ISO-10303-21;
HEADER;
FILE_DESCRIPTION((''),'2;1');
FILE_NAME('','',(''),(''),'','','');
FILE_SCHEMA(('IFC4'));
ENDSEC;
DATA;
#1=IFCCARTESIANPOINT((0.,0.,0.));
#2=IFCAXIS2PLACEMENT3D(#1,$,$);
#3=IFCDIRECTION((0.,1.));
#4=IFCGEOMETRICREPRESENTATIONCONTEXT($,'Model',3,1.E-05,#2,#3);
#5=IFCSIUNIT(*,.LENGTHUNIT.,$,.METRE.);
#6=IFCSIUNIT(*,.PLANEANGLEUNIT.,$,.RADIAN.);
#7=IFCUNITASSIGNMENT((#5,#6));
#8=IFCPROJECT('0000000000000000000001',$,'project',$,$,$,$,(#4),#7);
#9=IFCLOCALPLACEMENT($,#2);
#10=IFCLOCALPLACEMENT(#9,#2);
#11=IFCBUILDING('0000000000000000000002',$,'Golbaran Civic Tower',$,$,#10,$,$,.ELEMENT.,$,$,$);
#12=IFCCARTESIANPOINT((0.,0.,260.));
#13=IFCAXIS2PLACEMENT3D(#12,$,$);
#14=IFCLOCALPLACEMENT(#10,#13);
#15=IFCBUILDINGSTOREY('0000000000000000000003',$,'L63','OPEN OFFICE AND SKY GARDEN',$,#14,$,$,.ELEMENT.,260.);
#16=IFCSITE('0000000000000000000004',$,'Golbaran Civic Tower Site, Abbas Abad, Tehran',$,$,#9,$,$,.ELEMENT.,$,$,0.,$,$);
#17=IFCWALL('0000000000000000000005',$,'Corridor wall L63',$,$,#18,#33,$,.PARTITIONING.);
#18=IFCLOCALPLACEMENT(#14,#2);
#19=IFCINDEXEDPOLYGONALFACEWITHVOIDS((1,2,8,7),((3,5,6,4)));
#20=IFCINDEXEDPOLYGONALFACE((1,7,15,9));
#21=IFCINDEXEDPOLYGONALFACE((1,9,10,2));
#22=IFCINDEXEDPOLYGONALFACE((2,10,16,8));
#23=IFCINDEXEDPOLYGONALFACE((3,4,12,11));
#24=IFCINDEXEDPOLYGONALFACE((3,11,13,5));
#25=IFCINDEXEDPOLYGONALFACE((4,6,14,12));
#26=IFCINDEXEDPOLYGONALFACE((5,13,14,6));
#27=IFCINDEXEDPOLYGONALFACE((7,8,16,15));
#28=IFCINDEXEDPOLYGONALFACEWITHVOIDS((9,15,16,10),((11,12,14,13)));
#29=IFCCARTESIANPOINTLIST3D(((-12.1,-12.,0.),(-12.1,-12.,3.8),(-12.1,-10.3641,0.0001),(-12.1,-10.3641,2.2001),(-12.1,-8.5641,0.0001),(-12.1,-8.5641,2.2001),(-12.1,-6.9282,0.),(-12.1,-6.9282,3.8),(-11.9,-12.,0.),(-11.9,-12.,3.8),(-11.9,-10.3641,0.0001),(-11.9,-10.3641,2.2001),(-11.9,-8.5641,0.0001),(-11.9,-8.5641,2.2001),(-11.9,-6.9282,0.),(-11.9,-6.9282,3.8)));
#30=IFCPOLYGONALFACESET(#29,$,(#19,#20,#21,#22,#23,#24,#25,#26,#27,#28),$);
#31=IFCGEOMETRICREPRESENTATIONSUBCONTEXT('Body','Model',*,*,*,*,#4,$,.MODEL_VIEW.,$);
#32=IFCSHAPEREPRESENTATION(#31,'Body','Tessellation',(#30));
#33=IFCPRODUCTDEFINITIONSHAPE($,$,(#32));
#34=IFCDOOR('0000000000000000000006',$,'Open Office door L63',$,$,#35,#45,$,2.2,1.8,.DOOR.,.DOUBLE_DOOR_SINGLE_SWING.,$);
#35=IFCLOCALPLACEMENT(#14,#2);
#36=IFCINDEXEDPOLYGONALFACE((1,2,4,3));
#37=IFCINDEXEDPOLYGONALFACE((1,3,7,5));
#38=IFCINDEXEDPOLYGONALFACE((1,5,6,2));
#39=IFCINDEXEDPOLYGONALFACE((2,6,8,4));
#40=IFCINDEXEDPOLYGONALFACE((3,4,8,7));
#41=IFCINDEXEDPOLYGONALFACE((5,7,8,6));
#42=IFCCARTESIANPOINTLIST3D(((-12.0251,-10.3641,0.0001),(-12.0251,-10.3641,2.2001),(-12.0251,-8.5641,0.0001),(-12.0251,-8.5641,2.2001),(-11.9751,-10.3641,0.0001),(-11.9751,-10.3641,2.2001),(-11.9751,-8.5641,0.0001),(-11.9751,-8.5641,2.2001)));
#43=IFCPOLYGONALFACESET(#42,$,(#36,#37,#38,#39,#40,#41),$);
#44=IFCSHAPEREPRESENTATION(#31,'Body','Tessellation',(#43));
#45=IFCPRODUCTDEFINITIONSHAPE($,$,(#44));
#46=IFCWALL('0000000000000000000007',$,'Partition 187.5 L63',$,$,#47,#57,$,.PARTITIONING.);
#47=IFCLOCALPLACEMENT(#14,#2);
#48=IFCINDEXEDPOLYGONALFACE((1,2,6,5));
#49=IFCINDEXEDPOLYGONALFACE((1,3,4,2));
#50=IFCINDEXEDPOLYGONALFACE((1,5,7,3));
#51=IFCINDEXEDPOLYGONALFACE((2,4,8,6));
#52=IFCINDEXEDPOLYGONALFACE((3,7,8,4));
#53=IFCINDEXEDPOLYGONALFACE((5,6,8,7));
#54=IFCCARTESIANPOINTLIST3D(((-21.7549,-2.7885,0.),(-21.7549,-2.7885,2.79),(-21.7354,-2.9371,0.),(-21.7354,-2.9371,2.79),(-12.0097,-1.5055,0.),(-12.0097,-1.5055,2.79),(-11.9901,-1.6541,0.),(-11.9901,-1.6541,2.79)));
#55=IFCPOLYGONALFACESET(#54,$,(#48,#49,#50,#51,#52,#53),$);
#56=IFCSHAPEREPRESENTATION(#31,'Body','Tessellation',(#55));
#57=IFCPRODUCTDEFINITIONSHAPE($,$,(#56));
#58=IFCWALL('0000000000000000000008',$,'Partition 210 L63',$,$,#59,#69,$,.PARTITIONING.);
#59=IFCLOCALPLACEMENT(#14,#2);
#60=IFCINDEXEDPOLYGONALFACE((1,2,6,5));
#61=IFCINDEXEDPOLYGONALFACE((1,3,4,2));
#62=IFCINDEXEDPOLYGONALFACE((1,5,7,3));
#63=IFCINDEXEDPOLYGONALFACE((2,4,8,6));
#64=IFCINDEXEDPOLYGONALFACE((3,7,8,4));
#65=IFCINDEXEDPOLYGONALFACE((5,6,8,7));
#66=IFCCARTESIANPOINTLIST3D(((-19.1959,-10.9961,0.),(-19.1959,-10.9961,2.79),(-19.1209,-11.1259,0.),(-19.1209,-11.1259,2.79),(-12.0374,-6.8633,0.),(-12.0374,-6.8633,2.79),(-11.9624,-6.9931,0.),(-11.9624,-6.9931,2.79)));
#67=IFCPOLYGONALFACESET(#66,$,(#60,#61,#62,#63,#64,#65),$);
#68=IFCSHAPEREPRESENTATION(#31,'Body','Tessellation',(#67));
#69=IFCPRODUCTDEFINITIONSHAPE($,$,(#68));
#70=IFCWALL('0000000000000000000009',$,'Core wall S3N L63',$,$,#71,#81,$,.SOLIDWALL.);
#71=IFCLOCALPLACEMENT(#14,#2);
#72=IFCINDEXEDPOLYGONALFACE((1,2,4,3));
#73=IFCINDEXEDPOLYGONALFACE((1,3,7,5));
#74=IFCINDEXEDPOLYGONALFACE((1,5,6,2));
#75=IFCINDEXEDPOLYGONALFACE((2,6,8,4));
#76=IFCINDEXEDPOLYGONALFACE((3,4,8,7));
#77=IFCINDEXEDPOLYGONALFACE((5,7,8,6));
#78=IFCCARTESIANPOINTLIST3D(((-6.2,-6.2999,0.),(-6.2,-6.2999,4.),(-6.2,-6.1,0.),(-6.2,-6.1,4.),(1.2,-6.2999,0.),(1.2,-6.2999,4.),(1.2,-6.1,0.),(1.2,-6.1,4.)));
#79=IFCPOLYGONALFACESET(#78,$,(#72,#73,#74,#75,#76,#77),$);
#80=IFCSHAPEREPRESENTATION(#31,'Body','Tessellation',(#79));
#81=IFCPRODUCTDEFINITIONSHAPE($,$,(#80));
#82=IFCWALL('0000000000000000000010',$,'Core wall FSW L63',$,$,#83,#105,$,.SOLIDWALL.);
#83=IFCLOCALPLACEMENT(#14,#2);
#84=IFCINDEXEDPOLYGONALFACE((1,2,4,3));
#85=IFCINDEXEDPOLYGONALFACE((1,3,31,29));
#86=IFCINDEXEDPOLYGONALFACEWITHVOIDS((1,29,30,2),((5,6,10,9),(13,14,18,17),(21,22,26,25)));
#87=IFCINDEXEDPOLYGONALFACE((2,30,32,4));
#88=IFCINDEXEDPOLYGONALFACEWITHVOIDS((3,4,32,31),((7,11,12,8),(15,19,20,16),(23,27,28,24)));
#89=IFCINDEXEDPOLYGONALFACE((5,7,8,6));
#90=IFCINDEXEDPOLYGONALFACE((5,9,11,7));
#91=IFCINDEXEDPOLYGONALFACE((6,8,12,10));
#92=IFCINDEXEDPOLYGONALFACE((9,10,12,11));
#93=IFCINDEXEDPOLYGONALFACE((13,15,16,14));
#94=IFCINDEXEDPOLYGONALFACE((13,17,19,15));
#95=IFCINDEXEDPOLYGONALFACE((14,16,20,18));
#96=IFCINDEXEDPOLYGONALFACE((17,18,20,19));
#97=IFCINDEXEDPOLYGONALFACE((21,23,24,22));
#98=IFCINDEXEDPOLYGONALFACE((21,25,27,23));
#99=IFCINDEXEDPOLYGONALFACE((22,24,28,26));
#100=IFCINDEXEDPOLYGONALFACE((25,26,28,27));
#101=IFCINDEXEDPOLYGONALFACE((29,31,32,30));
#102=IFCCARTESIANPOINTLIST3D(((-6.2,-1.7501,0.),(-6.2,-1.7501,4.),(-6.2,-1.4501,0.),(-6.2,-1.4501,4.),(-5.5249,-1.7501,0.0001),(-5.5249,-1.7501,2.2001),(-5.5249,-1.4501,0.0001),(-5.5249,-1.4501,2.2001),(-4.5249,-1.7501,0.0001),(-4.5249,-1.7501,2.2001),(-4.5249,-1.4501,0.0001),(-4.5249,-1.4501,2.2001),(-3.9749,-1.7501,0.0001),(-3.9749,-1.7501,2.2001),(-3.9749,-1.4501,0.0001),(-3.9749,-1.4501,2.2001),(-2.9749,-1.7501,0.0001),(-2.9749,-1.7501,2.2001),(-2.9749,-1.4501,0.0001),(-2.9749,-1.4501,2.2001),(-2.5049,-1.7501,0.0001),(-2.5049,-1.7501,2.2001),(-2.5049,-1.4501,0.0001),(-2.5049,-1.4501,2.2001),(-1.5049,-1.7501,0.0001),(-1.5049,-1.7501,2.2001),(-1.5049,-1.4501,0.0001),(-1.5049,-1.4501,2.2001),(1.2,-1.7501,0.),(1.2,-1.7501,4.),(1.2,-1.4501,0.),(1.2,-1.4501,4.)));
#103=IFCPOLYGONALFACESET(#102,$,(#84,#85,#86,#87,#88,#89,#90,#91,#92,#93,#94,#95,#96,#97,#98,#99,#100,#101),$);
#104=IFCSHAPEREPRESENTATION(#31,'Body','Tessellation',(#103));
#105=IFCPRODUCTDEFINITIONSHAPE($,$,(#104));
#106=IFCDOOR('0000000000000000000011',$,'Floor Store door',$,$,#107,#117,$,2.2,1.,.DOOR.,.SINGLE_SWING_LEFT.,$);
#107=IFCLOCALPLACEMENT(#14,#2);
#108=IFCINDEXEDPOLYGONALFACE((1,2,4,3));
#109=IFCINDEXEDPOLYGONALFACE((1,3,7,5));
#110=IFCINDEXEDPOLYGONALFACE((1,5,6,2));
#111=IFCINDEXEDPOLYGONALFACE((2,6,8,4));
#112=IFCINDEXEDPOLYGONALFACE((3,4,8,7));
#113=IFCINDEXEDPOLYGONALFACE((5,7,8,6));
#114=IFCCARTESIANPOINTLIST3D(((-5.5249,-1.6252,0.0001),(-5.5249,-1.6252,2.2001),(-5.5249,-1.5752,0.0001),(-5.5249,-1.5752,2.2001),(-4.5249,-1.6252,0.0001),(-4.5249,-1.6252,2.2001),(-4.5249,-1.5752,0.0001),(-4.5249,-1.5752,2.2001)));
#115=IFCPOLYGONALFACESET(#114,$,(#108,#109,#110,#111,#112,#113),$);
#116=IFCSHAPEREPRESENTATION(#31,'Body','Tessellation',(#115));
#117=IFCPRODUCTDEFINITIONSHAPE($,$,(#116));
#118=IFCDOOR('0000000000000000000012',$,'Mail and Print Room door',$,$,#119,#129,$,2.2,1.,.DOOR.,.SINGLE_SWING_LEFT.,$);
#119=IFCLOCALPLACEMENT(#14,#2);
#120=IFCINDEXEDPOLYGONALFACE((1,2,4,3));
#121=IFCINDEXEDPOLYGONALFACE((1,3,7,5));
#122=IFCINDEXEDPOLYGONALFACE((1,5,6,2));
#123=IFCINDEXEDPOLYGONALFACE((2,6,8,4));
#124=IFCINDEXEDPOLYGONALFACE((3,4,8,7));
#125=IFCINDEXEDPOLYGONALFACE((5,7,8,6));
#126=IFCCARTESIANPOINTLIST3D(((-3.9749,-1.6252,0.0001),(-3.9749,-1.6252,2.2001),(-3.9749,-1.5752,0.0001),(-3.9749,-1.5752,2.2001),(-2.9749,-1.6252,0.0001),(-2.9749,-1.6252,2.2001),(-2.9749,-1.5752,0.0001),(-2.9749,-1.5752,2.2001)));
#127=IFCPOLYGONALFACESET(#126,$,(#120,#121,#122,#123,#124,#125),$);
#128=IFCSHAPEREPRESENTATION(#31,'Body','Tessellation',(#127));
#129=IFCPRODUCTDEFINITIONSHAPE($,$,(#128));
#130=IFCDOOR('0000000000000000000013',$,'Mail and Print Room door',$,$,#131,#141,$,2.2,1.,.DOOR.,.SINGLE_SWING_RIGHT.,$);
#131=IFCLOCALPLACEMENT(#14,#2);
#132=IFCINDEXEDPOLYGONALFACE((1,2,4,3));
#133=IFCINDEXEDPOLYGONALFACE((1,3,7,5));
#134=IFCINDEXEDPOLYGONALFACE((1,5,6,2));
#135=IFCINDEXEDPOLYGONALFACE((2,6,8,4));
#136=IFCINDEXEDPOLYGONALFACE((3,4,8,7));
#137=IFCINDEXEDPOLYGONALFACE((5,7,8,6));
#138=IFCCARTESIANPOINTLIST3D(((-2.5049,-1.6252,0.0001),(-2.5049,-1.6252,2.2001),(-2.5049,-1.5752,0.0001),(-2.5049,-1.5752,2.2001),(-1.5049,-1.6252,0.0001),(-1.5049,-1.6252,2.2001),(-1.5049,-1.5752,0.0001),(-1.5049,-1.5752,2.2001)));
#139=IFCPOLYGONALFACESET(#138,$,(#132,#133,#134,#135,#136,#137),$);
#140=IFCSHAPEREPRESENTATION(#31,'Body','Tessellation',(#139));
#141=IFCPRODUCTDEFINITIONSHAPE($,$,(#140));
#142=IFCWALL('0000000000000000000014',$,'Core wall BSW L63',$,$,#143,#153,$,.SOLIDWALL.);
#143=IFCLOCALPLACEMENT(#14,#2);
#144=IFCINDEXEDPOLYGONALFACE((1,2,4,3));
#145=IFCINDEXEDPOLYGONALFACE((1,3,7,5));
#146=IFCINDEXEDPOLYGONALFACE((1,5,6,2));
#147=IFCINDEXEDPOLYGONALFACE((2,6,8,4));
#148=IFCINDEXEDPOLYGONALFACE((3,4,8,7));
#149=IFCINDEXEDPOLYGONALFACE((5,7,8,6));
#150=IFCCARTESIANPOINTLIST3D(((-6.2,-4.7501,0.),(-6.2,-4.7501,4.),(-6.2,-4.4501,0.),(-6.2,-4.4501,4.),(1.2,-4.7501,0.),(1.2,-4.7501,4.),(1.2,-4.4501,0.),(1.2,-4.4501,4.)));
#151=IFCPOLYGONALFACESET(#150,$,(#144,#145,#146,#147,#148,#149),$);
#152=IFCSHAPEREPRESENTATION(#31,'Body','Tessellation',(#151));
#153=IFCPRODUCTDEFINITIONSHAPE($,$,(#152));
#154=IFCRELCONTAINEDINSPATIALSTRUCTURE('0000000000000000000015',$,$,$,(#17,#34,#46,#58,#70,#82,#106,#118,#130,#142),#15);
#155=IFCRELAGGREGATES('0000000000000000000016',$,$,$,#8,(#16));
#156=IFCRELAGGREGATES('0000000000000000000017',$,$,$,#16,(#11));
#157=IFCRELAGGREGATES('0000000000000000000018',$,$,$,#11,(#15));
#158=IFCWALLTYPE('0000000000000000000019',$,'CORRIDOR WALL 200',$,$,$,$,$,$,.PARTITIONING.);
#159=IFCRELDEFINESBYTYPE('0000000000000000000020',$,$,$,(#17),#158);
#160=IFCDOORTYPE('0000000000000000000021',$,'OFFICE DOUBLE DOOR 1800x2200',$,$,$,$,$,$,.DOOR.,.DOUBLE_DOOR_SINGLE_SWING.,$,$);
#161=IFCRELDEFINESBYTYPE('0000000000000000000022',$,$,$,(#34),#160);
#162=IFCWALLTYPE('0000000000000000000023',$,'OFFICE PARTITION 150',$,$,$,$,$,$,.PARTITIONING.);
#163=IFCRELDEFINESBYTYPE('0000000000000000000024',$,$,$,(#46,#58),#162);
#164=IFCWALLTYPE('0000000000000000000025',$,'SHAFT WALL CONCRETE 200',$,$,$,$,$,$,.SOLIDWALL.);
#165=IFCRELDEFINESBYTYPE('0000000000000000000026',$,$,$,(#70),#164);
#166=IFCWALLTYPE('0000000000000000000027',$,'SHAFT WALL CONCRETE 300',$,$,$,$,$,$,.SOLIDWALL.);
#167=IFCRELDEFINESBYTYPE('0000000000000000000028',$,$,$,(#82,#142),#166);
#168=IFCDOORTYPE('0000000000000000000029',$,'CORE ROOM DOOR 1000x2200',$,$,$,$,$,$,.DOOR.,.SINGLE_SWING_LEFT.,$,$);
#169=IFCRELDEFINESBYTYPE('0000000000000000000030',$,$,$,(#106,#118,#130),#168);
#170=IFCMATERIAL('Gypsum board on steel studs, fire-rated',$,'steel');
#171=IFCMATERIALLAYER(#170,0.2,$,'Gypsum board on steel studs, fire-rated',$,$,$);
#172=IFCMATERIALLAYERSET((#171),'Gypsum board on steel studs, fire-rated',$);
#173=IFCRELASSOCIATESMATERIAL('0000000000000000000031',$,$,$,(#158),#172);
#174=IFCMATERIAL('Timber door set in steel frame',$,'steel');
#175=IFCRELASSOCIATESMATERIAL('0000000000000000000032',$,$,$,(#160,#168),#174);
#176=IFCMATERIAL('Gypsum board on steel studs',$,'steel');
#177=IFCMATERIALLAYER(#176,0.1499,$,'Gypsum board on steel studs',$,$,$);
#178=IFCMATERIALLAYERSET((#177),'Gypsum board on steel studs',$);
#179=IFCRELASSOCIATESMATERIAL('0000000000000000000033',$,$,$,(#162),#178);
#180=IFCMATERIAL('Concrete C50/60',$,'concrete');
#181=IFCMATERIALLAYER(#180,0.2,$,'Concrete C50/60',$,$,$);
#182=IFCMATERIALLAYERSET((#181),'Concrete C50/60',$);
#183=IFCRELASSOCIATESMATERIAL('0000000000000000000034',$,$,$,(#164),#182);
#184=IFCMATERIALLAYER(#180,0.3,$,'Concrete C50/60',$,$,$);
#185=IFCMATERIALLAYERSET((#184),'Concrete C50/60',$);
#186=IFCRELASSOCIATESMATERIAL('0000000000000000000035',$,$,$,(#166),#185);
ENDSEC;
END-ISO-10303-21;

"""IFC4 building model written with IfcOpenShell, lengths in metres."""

from ifc_helpers import new_model, si_unit, direction, frame, frame_2d, origin, place, context, subcontext, project, spatial, rectangle, extrude, material, layer, layer_set, type_object, element, fill, save


model = new_model("IFC4")

# Units and contexts
model_context = context("Model", 3, precision=1e-05, world=origin(), true_north=direction((0.0, 1.0)))
body_context = subcontext(model_context, "Body", "Model", "MODEL_VIEW")
ifc_project = project(units=[si_unit("LENGTHUNIT", "METRE"), si_unit("PLANEANGLEUNIT", "RADIAN")], contexts=[model_context])

# Site, building, storey
site_placement = place(None, origin())
site = spatial("IfcSite", under=ifc_project, at=site_placement, Name="Golbaran Civic Tower Site, Abbas Abad, Tehran", CompositionType="ELEMENT", RefElevation=0.0)
building_placement = place(site_placement, origin())
building = spatial("IfcBuilding", under=site, at=building_placement, Name="Golbaran Civic Tower", CompositionType="ELEMENT")
storey_placement = place(building_placement, frame((0.0, 0.0, 260.0)))
storey = spatial("IfcBuildingStorey", under=building, at=storey_placement, Name="L63", Description="OPEN OFFICE AND SKY GARDEN", CompositionType="ELEMENT", Elevation=260.0)

# Wall, opening, door
ifc_material_1 = material(Name="Gypsum board on steel studs, fire-rated", Category="steel")
ifc_layer_1 = layer(ifc_material_1, 0.2, Name="Gypsum board on steel studs, fire-rated")
ifc_layer_set_1 = layer_set([ifc_layer_1], Name="Gypsum board on steel studs, fire-rated")
wall_type_1 = type_object("IfcWallType", Name="CORRIDOR WALL 200", PredefinedType="PARTITIONING", material=ifc_layer_set_1)
ifc_material_2 = material(Name="Timber door set in steel frame", Category="steel")
door_type_1 = type_object("IfcDoorType", Name="OFFICE DOUBLE DOOR 1800x2200", OperationType="DOUBLE_DOOR_SINGLE_SWING", PredefinedType="DOOR", material=ifc_material_2)
wall_1_placement = place(storey_placement, frame((-12.0, -6.9282, 0.0), z_axis=(0.0, 0.0, 1.0), x_axis=(0.0, -1.0, 0.0)))
wall_1 = element("IfcWall", 1, at=wall_1_placement, inside=storey, type_object=wall_type_1, Name="Corridor wall L63", PredefinedType="PARTITIONING", context=body_context, shape_type="SweptSolid", body=[
    extrude(rectangle(XDim=5.0718, YDim=0.2, at=frame_2d((2.5359, 0.0))), origin(), (0.0, 0.0, 1.0), 3.8),
])
opening_1_placement = place(wall_1_placement, frame((1.636, 0.0, 0.0)))
opening_1 = element("IfcOpeningElement", 2, at=opening_1_placement, cuts=wall_1, PredefinedType="OPENING", context=body_context, shape_type="SweptSolid", body=[
    extrude(rectangle(XDim=1.8, YDim=2.2, at=frame_2d((0.8999, 1.1001))), frame((0.0, 0.1099, 0.0), z_axis=(0.0, -1.0, 0.0), x_axis=(1.0, 0.0, 0.0)), (0.0, 0.0, 1.0), 0.22),
])
door_1_placement = place(opening_1_placement, origin())
door_1 = element("IfcDoor", 3, at=door_1_placement, inside=storey, type_object=door_type_1, Name="Open Office door L63", OperationType="DOUBLE_DOOR_SINGLE_SWING", OverallHeight=2.2, OverallWidth=1.8, PredefinedType="DOOR", context=body_context, shape_type="SweptSolid", body=[
    extrude(rectangle(XDim=1.8, YDim=2.2, at=frame_2d((0.8999, 1.1001))), frame((0.0, 0.0249, 0.0), z_axis=(0.0, -1.0, 0.0), x_axis=(1.0, 0.0, 0.0)), (0.0, 0.0, 1.0), 0.05),
])
fill(opening_1, door_1)

# Walls
ifc_material_3 = material(Name="Gypsum board on steel studs", Category="steel")
ifc_layer_2 = layer(ifc_material_3, 0.1499, Name="Gypsum board on steel studs")
ifc_layer_set_2 = layer_set([ifc_layer_2], Name="Gypsum board on steel studs")
wall_type_2 = type_object("IfcWallType", Name="OFFICE PARTITION 150", PredefinedType="PARTITIONING", material=ifc_layer_set_2)
wall_2_placement = place(storey_placement, frame((-12.0, -1.5798, 0.0), z_axis=(0.0, 0.0, 1.0), x_axis=(-0.991445, -0.130522, 0.0)))
element("IfcWall", 4, at=wall_2_placement, inside=storey, type_object=wall_type_2, Name="Partition 187.5 L63", PredefinedType="PARTITIONING", context=body_context, shape_type="SweptSolid", body=[
    extrude(rectangle(XDim=9.8293, YDim=0.1499, at=frame_2d((4.9146, 0.0))), origin(), (0.0, 0.0, 1.0), 2.79),
])
wall_3_placement = place(storey_placement, frame((-12.0, -6.9282, 0.0), z_axis=(0.0, 0.0, 1.0), x_axis=(-0.866032, -0.499989, 0.0)))
element("IfcWall", 5, at=wall_3_placement, inside=storey, type_object=wall_type_2, Name="Partition 210 L63", PredefinedType="PARTITIONING", context=body_context, shape_type="SweptSolid", body=[
    extrude(rectangle(XDim=8.2659, YDim=0.1499, at=frame_2d((4.1328, 0.0))), origin(), (0.0, 0.0, 1.0), 2.79),
])
ifc_material_4 = material(Name="Concrete C50/60", Category="concrete")
ifc_layer_3 = layer(ifc_material_4, 0.2, Name="Concrete C50/60")
ifc_layer_set_3 = layer_set([ifc_layer_3], Name="Concrete C50/60")
wall_type_3 = type_object("IfcWallType", Name="SHAFT WALL CONCRETE 200", PredefinedType="SOLIDWALL", material=ifc_layer_set_3)
wall_4_placement = place(storey_placement, frame((-6.2, -6.2, 0.0), z_axis=(0.0, 0.0, 1.0), x_axis=(1.0, 0.0, 0.0)))
element("IfcWall", 6, at=wall_4_placement, inside=storey, type_object=wall_type_3, Name="Core wall S3N L63", PredefinedType="SOLIDWALL", context=body_context, shape_type="SweptSolid", body=[
    extrude(rectangle(XDim=7.3999, YDim=0.2, at=frame_2d((3.7, 0.0))), origin(), (0.0, 0.0, 1.0), 4.0),
])

# Wall, openings, doors
ifc_layer_4 = layer(ifc_material_4, 0.3, Name="Concrete C50/60")
ifc_layer_set_4 = layer_set([ifc_layer_4], Name="Concrete C50/60")
wall_type_4 = type_object("IfcWallType", Name="SHAFT WALL CONCRETE 300", PredefinedType="SOLIDWALL", material=ifc_layer_set_4)
wall_5_placement = place(storey_placement, frame((-6.2, -1.6001, 0.0), z_axis=(0.0, 0.0, 1.0), x_axis=(1.0, 0.0, 0.0)))
wall_5 = element("IfcWall", 7, at=wall_5_placement, inside=storey, type_object=wall_type_4, Name="Core wall FSW L63", PredefinedType="SOLIDWALL", context=body_context, shape_type="SweptSolid", body=[
    extrude(rectangle(XDim=7.3999, YDim=0.3, at=frame_2d((3.7, 0.0))), origin(), (0.0, 0.0, 1.0), 4.0),
])
opening_2_placement = place(wall_5_placement, frame((0.675, 0.0, 0.0)))
opening_2 = element("IfcOpeningElement", 8, at=opening_2_placement, cuts=wall_5, PredefinedType="OPENING", context=body_context, shape_type="SweptSolid", body=[
    extrude(rectangle(XDim=1.0, YDim=2.2, at=frame_2d((0.5, 1.1001))), frame((0.0, 0.1599, 0.0), z_axis=(0.0, -1.0, 0.0), x_axis=(1.0, 0.0, 0.0)), (0.0, 0.0, 1.0), 0.3201),
])
opening_3_placement = place(wall_5_placement, frame((2.2251, 0.0, 0.0)))
opening_3 = element("IfcOpeningElement", 9, at=opening_3_placement, cuts=wall_5, PredefinedType="OPENING", context=body_context, shape_type="SweptSolid", body=[
    extrude(rectangle(XDim=1.0, YDim=2.2, at=frame_2d((0.5, 1.1001))), frame((0.0, 0.1599, 0.0), z_axis=(0.0, -1.0, 0.0), x_axis=(1.0, 0.0, 0.0)), (0.0, 0.0, 1.0), 0.3201),
])
opening_4_placement = place(wall_5_placement, frame((3.6951, 0.0, 0.0)))
opening_4 = element("IfcOpeningElement", 10, at=opening_4_placement, cuts=wall_5, PredefinedType="OPENING", context=body_context, shape_type="SweptSolid", body=[
    extrude(rectangle(XDim=1.0, YDim=2.2, at=frame_2d((0.5, 1.1001))), frame((0.0, 0.1599, 0.0), z_axis=(0.0, -1.0, 0.0), x_axis=(1.0, 0.0, 0.0)), (0.0, 0.0, 1.0), 0.3201),
])
door_type_2 = type_object("IfcDoorType", Name="CORE ROOM DOOR 1000x2200", OperationType="SINGLE_SWING_LEFT", PredefinedType="DOOR", material=ifc_material_2)
door_2_placement = place(opening_2_placement, origin())
door_2 = element("IfcDoor", 11, at=door_2_placement, inside=storey, type_object=door_type_2, Name="Floor Store door", OperationType="SINGLE_SWING_LEFT", OverallHeight=2.2, OverallWidth=1.0, PredefinedType="DOOR", context=body_context, shape_type="SweptSolid", body=[
    extrude(rectangle(XDim=1.0, YDim=2.2, at=frame_2d((0.5, 1.1001))), frame((0.0, 0.0249, 0.0), z_axis=(0.0, -1.0, 0.0), x_axis=(1.0, 0.0, 0.0)), (0.0, 0.0, 1.0), 0.05),
])
fill(opening_2, door_2)
door_3_placement = place(opening_3_placement, origin())
door_3 = element("IfcDoor", 12, at=door_3_placement, inside=storey, type_object=door_type_2, Name="Mail and Print Room door", OperationType="SINGLE_SWING_LEFT", OverallHeight=2.2, OverallWidth=1.0, PredefinedType="DOOR", context=body_context, shape_type="SweptSolid", body=[
    extrude(rectangle(XDim=1.0, YDim=2.2, at=frame_2d((0.5, 1.1001))), frame((0.0, 0.0249, 0.0), z_axis=(0.0, -1.0, 0.0), x_axis=(1.0, 0.0, 0.0)), (0.0, 0.0, 1.0), 0.05),
])
fill(opening_3, door_3)
door_4_placement = place(opening_4_placement, origin())
door_4 = element("IfcDoor", 13, at=door_4_placement, inside=storey, type_object=door_type_2, Name="Mail and Print Room door", OperationType="SINGLE_SWING_RIGHT", OverallHeight=2.2, OverallWidth=1.0, PredefinedType="DOOR", context=body_context, shape_type="SweptSolid", body=[
    extrude(rectangle(XDim=1.0, YDim=2.2, at=frame_2d((0.5, 1.1001))), frame((0.0, 0.0249, 0.0), z_axis=(0.0, -1.0, 0.0), x_axis=(1.0, 0.0, 0.0)), (0.0, 0.0, 1.0), 0.05),
])
fill(opening_4, door_4)

# Wall
wall_6_placement = place(storey_placement, frame((-6.2, -4.6001, 0.0), z_axis=(0.0, 0.0, 1.0), x_axis=(1.0, 0.0, 0.0)))
element("IfcWall", 14, at=wall_6_placement, inside=storey, type_object=wall_type_4, Name="Core wall BSW L63", PredefinedType="SOLIDWALL", context=body_context, shape_type="SweptSolid", body=[
    extrude(rectangle(XDim=7.3999, YDim=0.3, at=frame_2d((3.7, 0.0))), origin(), (0.0, 0.0, 1.0), 4.0),
])

save(model, "model.ifc")
